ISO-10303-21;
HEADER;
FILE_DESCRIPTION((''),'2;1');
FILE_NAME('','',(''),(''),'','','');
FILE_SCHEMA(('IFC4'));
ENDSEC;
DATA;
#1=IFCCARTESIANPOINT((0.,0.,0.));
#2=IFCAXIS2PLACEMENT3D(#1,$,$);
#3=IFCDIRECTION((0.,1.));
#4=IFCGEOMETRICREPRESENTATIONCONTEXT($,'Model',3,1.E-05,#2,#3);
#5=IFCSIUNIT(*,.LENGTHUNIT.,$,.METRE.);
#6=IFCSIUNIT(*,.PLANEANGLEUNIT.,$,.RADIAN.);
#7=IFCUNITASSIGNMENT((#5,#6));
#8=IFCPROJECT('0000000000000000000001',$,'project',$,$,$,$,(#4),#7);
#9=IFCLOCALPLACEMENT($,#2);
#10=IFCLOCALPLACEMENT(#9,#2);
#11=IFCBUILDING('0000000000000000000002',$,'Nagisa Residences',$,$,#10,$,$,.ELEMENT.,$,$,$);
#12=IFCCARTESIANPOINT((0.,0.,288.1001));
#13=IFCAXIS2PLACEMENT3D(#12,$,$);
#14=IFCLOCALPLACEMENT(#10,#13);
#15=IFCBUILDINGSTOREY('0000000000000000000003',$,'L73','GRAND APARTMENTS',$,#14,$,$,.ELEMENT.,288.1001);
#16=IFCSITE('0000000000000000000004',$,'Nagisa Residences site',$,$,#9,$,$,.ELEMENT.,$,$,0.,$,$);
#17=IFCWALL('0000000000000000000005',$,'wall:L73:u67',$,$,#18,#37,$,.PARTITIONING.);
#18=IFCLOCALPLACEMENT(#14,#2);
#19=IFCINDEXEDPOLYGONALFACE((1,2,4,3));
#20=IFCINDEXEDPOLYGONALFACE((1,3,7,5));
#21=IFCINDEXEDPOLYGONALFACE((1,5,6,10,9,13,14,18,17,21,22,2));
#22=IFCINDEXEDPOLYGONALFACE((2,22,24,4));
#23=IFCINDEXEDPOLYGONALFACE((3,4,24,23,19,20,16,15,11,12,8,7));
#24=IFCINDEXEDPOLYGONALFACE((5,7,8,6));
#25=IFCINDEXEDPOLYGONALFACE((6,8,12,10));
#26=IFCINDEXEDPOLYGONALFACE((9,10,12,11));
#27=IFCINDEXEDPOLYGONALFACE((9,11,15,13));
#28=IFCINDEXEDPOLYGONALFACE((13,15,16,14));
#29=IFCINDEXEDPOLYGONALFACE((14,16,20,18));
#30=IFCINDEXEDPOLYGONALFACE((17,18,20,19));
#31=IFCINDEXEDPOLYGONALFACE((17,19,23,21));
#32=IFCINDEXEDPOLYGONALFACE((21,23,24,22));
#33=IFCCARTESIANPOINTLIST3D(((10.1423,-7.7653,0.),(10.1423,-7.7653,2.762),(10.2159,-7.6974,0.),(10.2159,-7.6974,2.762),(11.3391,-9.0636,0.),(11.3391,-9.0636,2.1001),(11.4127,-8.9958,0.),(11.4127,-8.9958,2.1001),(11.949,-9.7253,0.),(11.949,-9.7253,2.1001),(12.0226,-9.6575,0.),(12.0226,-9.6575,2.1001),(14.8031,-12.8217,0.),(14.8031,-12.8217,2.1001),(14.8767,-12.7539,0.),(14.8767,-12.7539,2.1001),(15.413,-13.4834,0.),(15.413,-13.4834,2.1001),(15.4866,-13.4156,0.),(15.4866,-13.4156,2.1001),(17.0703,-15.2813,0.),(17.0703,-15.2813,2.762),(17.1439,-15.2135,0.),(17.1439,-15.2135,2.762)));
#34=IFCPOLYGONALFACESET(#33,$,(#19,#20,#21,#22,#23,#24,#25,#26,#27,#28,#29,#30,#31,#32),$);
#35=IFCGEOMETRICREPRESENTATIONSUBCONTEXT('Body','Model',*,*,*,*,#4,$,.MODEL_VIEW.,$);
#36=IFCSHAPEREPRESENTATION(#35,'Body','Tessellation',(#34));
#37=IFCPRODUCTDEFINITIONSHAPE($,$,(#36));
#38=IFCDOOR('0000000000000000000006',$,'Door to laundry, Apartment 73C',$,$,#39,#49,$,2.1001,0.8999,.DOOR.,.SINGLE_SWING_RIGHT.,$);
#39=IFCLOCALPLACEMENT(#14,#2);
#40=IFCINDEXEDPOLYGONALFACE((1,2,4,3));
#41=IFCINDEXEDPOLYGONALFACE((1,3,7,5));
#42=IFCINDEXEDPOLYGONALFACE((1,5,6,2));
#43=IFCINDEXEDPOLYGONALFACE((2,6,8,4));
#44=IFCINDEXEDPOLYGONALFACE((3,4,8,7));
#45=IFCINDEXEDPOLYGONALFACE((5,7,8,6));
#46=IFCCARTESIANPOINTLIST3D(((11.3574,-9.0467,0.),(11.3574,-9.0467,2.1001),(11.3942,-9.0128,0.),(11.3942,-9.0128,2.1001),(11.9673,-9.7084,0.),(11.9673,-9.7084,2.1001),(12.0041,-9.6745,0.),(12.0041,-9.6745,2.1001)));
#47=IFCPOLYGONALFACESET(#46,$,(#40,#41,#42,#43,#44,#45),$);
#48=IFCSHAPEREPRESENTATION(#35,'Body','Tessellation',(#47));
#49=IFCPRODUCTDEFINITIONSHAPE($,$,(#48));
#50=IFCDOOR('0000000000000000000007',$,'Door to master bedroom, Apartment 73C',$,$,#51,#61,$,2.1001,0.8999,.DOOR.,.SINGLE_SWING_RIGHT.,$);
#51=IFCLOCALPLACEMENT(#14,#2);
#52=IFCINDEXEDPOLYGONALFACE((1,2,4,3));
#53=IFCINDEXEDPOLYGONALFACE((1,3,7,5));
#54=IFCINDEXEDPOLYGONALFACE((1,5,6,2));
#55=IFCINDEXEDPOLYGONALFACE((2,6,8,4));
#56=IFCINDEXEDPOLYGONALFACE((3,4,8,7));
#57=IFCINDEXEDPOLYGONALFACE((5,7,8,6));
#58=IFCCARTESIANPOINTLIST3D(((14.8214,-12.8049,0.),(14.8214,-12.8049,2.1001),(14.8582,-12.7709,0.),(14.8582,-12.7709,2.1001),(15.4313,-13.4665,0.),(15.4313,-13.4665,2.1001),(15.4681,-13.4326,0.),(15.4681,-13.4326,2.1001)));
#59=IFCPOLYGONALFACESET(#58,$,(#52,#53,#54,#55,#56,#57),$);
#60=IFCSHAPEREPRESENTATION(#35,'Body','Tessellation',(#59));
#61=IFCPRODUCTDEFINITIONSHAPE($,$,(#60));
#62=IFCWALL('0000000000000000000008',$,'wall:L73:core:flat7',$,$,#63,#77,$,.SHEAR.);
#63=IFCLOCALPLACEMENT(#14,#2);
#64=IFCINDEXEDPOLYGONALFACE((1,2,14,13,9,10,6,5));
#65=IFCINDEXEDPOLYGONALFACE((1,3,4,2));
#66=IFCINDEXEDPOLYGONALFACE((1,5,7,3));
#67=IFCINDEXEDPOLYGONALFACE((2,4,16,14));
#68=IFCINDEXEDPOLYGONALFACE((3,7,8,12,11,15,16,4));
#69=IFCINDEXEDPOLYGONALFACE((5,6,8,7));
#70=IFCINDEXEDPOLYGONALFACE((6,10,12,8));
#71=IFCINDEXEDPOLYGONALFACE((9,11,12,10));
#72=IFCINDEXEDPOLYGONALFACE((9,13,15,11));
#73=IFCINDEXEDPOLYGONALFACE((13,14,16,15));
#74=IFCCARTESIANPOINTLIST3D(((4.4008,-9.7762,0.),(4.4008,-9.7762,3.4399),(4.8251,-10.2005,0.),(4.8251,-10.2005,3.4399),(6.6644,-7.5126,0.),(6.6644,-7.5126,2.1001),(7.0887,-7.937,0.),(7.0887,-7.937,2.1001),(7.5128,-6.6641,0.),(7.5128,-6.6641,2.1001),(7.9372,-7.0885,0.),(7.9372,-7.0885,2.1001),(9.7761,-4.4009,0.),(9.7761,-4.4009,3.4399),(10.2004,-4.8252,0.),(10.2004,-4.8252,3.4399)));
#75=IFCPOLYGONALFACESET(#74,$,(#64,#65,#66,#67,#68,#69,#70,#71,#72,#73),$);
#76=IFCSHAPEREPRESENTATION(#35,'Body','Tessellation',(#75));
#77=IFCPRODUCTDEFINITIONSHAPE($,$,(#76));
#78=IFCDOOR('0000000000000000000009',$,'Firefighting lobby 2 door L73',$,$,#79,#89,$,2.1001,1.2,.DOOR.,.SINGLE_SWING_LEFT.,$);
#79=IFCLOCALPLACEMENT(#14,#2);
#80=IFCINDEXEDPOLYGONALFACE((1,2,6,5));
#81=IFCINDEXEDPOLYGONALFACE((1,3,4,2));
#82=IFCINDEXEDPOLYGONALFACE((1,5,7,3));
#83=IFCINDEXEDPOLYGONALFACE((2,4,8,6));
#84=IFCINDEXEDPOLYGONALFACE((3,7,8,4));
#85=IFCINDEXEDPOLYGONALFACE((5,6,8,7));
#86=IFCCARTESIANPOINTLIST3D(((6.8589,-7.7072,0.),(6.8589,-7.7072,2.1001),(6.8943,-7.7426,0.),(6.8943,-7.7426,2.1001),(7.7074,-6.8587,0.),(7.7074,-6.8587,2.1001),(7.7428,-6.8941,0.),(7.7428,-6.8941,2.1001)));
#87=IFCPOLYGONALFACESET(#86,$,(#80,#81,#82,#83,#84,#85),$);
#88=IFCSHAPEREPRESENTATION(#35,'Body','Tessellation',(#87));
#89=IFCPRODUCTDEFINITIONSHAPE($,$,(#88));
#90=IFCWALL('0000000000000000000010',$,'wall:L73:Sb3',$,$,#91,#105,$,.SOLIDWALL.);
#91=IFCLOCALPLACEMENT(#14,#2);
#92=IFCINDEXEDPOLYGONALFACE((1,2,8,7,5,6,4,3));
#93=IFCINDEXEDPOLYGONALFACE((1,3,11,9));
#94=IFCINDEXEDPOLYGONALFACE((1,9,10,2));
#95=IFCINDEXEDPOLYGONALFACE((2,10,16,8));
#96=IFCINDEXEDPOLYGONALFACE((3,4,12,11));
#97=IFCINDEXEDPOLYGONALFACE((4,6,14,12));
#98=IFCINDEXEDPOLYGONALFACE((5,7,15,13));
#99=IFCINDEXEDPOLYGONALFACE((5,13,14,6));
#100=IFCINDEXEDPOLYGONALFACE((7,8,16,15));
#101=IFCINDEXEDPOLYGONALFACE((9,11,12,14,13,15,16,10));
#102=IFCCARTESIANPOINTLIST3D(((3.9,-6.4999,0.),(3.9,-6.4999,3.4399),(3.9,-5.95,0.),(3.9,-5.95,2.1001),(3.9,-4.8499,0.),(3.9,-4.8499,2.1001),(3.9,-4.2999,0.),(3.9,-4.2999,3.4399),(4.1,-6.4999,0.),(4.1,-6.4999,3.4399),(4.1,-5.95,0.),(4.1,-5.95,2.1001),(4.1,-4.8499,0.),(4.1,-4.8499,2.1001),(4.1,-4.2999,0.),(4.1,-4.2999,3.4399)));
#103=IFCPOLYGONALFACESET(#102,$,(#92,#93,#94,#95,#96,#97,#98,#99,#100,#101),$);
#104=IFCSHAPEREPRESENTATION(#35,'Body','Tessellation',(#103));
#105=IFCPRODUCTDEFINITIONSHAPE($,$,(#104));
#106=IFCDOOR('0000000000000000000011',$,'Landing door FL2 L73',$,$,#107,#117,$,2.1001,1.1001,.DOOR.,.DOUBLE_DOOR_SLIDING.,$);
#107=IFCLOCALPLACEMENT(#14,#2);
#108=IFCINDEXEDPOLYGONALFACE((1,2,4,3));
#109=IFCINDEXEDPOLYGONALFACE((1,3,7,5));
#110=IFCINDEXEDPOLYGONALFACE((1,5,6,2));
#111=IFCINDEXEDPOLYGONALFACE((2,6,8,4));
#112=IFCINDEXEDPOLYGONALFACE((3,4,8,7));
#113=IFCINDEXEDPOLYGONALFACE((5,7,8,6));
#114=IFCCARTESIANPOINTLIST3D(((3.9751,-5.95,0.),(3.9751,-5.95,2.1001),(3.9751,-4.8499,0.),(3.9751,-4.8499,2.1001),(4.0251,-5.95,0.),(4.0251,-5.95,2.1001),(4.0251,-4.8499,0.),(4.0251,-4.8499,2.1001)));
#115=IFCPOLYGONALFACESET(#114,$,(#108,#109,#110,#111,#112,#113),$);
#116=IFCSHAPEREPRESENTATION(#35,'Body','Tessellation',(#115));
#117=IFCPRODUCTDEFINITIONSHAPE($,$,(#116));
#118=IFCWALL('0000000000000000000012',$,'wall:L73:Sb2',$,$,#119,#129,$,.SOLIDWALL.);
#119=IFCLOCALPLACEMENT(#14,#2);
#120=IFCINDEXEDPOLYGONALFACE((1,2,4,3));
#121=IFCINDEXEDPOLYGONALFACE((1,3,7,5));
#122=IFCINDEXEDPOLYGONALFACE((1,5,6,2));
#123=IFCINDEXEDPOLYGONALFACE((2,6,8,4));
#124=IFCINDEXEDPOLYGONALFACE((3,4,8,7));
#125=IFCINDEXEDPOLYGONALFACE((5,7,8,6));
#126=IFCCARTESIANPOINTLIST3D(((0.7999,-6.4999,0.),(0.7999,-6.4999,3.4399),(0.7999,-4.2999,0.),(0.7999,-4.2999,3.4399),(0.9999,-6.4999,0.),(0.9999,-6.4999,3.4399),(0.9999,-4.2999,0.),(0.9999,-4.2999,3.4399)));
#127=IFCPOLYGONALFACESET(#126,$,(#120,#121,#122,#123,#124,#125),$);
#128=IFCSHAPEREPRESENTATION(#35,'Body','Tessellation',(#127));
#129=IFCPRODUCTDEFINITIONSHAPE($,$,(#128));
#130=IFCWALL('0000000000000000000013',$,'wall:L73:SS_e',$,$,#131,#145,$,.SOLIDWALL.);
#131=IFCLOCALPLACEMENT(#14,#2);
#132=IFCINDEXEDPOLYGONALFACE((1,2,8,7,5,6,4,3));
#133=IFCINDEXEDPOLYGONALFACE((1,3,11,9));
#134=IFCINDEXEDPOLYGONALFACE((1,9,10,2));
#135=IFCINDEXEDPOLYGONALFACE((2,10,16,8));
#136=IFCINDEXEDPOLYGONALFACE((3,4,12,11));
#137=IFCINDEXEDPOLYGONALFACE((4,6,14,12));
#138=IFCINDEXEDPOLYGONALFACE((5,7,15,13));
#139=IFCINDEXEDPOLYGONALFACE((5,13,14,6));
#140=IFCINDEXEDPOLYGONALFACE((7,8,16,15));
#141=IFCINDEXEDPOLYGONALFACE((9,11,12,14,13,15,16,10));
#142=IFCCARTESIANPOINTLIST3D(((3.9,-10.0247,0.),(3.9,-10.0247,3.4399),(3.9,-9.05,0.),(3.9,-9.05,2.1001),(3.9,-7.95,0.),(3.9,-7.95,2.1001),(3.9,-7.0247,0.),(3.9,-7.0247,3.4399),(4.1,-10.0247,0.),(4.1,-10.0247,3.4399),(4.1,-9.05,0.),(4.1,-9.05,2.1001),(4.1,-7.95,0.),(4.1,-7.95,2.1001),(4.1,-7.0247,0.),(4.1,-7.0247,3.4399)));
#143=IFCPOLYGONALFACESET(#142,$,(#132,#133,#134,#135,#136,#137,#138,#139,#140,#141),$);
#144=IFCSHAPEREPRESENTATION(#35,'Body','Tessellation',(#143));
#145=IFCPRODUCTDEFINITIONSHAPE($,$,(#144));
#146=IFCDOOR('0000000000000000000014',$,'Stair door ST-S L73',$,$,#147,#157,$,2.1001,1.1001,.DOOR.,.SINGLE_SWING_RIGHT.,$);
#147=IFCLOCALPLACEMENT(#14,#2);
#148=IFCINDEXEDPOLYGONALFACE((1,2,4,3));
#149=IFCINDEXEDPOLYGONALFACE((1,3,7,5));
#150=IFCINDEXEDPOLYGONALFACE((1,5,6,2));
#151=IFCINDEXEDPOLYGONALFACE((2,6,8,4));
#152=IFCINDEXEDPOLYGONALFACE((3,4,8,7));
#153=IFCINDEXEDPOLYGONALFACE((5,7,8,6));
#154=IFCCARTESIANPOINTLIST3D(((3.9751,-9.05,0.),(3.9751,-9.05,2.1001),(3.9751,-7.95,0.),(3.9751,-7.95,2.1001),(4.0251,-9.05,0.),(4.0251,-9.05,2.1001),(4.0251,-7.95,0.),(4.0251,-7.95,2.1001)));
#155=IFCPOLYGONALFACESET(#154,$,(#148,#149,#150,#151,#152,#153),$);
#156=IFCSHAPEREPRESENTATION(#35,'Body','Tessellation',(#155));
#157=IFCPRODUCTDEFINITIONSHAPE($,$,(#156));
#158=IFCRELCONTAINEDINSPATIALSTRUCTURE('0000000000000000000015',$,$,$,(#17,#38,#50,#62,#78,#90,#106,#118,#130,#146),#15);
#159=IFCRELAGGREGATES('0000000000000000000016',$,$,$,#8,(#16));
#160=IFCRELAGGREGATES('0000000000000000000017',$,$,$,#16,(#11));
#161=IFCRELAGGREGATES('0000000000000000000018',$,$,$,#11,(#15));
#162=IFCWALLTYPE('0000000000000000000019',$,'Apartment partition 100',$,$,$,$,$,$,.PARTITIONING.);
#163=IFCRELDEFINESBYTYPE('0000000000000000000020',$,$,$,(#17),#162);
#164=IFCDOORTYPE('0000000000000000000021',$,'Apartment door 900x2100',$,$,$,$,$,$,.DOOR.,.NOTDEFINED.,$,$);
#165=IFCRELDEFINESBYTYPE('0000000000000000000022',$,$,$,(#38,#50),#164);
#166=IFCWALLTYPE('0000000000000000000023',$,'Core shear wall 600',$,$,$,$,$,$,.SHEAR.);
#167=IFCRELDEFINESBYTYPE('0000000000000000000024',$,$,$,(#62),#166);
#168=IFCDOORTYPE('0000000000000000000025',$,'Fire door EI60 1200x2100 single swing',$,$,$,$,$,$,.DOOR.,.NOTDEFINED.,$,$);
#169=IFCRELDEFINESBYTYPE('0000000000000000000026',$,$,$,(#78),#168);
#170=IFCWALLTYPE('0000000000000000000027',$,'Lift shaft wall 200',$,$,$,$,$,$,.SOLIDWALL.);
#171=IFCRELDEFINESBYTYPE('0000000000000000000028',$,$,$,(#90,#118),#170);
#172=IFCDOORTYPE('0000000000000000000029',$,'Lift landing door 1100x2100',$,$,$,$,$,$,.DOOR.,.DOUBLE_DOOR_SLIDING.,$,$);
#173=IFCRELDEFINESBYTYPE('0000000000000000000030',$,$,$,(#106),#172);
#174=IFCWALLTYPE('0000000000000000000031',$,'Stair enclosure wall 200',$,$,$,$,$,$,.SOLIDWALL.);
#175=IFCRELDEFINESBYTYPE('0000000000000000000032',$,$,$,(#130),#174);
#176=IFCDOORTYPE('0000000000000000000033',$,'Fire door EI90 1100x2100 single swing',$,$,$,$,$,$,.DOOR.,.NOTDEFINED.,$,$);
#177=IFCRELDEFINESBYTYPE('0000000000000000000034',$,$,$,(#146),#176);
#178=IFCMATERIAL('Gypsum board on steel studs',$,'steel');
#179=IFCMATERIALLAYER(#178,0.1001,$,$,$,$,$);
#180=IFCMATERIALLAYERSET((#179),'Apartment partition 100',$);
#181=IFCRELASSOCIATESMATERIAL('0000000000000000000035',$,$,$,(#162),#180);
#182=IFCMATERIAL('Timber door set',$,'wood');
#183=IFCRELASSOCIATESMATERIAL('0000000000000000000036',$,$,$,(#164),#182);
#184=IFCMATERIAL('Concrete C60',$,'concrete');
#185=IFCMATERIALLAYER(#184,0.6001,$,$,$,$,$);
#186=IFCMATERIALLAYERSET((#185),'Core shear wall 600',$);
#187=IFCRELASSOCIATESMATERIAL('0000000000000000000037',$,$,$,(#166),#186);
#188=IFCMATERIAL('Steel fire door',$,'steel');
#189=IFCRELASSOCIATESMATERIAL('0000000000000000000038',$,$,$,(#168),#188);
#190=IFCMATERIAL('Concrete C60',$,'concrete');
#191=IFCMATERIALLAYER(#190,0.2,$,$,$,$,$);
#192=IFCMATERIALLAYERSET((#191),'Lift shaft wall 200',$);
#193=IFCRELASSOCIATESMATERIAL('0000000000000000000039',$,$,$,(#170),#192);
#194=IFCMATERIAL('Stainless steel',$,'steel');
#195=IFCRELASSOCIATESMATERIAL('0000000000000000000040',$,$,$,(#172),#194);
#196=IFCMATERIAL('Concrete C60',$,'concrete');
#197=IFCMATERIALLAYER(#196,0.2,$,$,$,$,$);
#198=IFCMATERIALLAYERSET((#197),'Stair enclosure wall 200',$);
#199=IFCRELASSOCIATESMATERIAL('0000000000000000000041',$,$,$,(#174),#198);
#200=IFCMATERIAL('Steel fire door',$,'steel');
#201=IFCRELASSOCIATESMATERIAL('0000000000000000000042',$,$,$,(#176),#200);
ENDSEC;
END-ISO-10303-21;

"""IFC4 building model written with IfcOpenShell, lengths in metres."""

from ifc_helpers import new_model, si_unit, direction, frame, frame_2d, origin, place, context, subcontext, project, spatial, rectangle, extrude, material, layer, layer_set, type_object, element, fill, save


model = new_model("IFC4")

# Units and contexts
model_context = context("Model", 3, precision=1e-05, world=origin(), true_north=direction((0.0, 1.0)))
body_context = subcontext(model_context, "Body", "Model", "MODEL_VIEW")
ifc_project = project(units=[si_unit("LENGTHUNIT", "METRE"), si_unit("PLANEANGLEUNIT", "RADIAN")], contexts=[model_context])

# Site, building, storey
site_placement = place(None, origin())
site = spatial("IfcSite", under=ifc_project, at=site_placement, Name="Nagisa Residences site", CompositionType="ELEMENT", RefElevation=0.0)
building_placement = place(site_placement, origin())
building = spatial("IfcBuilding", under=site, at=building_placement, Name="Nagisa Residences", CompositionType="ELEMENT")
storey_placement = place(building_placement, frame((0.0, 0.0, 288.1001)))
storey = spatial("IfcBuildingStorey", under=building, at=storey_placement, Name="L73", Description="GRAND APARTMENTS", CompositionType="ELEMENT", Elevation=288.1001)

# Shared definitions
ifc_material_1 = material(Name="Gypsum board on steel studs", Category="steel")
ifc_layer_1 = layer(ifc_material_1, 0.1001)
ifc_layer_set_1 = layer_set([ifc_layer_1], Name="Apartment partition 100")
wall_type_1 = type_object("IfcWallType", Name="Apartment partition 100", PredefinedType="PARTITIONING", material=ifc_layer_set_1)
ifc_material_2 = material(Name="Timber door set", Category="wood")
door_type_1 = type_object("IfcDoorType", Name="Apartment door 900x2100", OperationType="NOTDEFINED", PredefinedType="DOOR", material=ifc_material_2)

# Wall, openings, doors
wall_1_placement = place(storey_placement, frame((10.1792, -7.7314, 0.0), z_axis=(0.0, 0.0, 1.0), x_axis=(0.677753, -0.735289, 0.0)))
wall_1 = element("IfcWall", 1, at=wall_1_placement, inside=storey, type_object=wall_type_1, Name="wall:L73:u67", PredefinedType="PARTITIONING", context=body_context, shape_type="SweptSolid", body=[
    extrude(rectangle(XDim=10.2219, YDim=0.1001, at=frame_2d((5.1108, 0.0))), origin(), (0.0, 0.0, 1.0), 2.762),
])
opening_1_placement = place(wall_1_placement, frame((1.7656, 0.0, 0.0)))
opening_1 = element("IfcOpeningElement", 2, at=opening_1_placement, cuts=wall_1, PredefinedType="OPENING", context=body_context, shape_type="SweptSolid", body=[
    extrude(rectangle(XDim=0.8999, YDim=2.1001, at=frame_2d((0.45, 1.05))), frame((0.0, 0.0601, 0.0), z_axis=(0.0, -1.0, 0.0), x_axis=(1.0, 0.0, 0.0)), (0.0, 0.0, 1.0), 0.1201),
])
opening_2_placement = place(wall_1_placement, frame((6.8767, 0.0, 0.0)))
opening_2 = element("IfcOpeningElement", 3, at=opening_2_placement, cuts=wall_1, PredefinedType="OPENING", context=body_context, shape_type="SweptSolid", body=[
    extrude(rectangle(XDim=0.8999, YDim=2.1001, at=frame_2d((0.45, 1.05))), frame((0.0, 0.0601, 0.0), z_axis=(0.0, -1.0, 0.0), x_axis=(1.0, 0.0, 0.0)), (0.0, 0.0, 1.0), 0.1201),
])
door_1_placement = place(opening_1_placement, origin())
door_1 = element("IfcDoor", 4, at=door_1_placement, inside=storey, type_object=door_type_1, Name="Door to laundry, Apartment 73C", OperationType="SINGLE_SWING_RIGHT", OverallHeight=2.1001, OverallWidth=0.8999, PredefinedType="DOOR", context=body_context, shape_type="SweptSolid", body=[
    extrude(rectangle(XDim=0.8999, YDim=2.1001, at=frame_2d((0.45, 1.05))), frame((0.0, 0.0249, 0.0), z_axis=(0.0, -1.0, 0.0), x_axis=(1.0, 0.0, 0.0)), (0.0, 0.0, 1.0), 0.05),
])
fill(opening_1, door_1)
door_2_placement = place(opening_2_placement, origin())
door_2 = element("IfcDoor", 5, at=door_2_placement, inside=storey, type_object=door_type_1, Name="Door to master bedroom, Apartment 73C", OperationType="SINGLE_SWING_RIGHT", OverallHeight=2.1001, OverallWidth=0.8999, PredefinedType="DOOR", context=body_context, shape_type="SweptSolid", body=[
    extrude(rectangle(XDim=0.8999, YDim=2.1001, at=frame_2d((0.45, 1.05))), frame((0.0, 0.0249, 0.0), z_axis=(0.0, -1.0, 0.0), x_axis=(1.0, 0.0, 0.0)), (0.0, 0.0, 1.0), 0.05),
])
fill(opening_2, door_2)

# Walls, openings, doors
ifc_material_3 = material(Name="Concrete C60", Category="concrete")
ifc_layer_2 = layer(ifc_material_3, 0.6001)
ifc_layer_set_2 = layer_set([ifc_layer_2], Name="Core shear wall 600")
wall_type_2 = type_object("IfcWallType", Name="Core shear wall 600", PredefinedType="SHEAR", material=ifc_layer_set_2)
wall_2_placement = place(storey_placement, frame((4.613, -9.9883, 0.0), z_axis=(0.0, 0.0, 1.0), x_axis=(0.707107, 0.707107, 0.0)))
wall_2 = element("IfcWall", 6, at=wall_2_placement, inside=storey, type_object=wall_type_2, Name="wall:L73:core:flat7", PredefinedType="SHEAR", context=body_context, shape_type="SweptSolid", body=[
    extrude(rectangle(XDim=7.6018, YDim=0.6001, at=frame_2d((3.8008, 0.0))), origin(), (0.0, 0.0, 1.0), 3.4399),
])
opening_3_placement = place(wall_2_placement, frame((3.2009, 0.0, 0.0)))
opening_3 = element("IfcOpeningElement", 7, at=opening_3_placement, cuts=wall_2, PredefinedType="OPENING", context=body_context, shape_type="SweptSolid", body=[
    extrude(rectangle(XDim=1.2, YDim=2.1001, at=frame_2d((0.6001, 1.05))), frame((0.0, 0.3101, 0.0), z_axis=(0.0, -1.0, 0.0), x_axis=(1.0, 0.0, 0.0)), (0.0, 0.0, 1.0), 0.6201),
])
ifc_material_4 = material(Name="Steel fire door", Category="steel")
door_type_2 = type_object("IfcDoorType", Name="Fire door EI60 1200x2100 single swing", OperationType="NOTDEFINED", PredefinedType="DOOR", material=ifc_material_4)
door_3_placement = place(opening_3_placement, origin())
door_3 = element("IfcDoor", 8, at=door_3_placement, inside=storey, type_object=door_type_2, Name="Firefighting lobby 2 door L73", OperationType="SINGLE_SWING_LEFT", OverallHeight=2.1001, OverallWidth=1.2, PredefinedType="DOOR", context=body_context, shape_type="SweptSolid", body=[
    extrude(rectangle(XDim=1.2, YDim=2.1001, at=frame_2d((0.6001, 1.05))), frame((0.0, 0.0249, 0.0), z_axis=(0.0, -1.0, 0.0), x_axis=(1.0, 0.0, 0.0)), (0.0, 0.0, 1.0), 0.05),
])
fill(opening_3, door_3)
ifc_material_5 = material(Name="Concrete C60", Category="concrete")
ifc_layer_3 = layer(ifc_material_5, 0.2)
ifc_layer_set_3 = layer_set([ifc_layer_3], Name="Lift shaft wall 200")
wall_type_3 = type_object("IfcWallType", Name="Lift shaft wall 200", PredefinedType="SOLIDWALL", material=ifc_layer_set_3)
wall_3_placement = place(storey_placement, frame((4.0, -6.5, 0.0), z_axis=(0.0, 0.0, 1.0), x_axis=(0.0, 1.0, 0.0)))
wall_3 = element("IfcWall", 9, at=wall_3_placement, inside=storey, type_object=wall_type_3, Name="wall:L73:Sb3", PredefinedType="SOLIDWALL", context=body_context, shape_type="SweptSolid", body=[
    extrude(rectangle(XDim=2.2, YDim=0.2, at=frame_2d((1.1001, 0.0))), origin(), (0.0, 0.0, 1.0), 3.4399),
])
opening_4_placement = place(wall_3_placement, frame((0.55, 0.0, 0.0)))
opening_4 = element("IfcOpeningElement", 10, at=opening_4_placement, cuts=wall_3, PredefinedType="OPENING", context=body_context, shape_type="SweptSolid", body=[
    extrude(rectangle(XDim=1.1001, YDim=2.1001, at=frame_2d((0.55, 1.05))), frame((0.0, 0.1099, 0.0), z_axis=(0.0, -1.0, 0.0), x_axis=(1.0, 0.0, 0.0)), (0.0, 0.0, 1.0), 0.22),
])
ifc_material_6 = material(Name="Stainless steel", Category="steel")
door_type_3 = type_object("IfcDoorType", Name="Lift landing door 1100x2100", OperationType="DOUBLE_DOOR_SLIDING", PredefinedType="DOOR", material=ifc_material_6)
door_4_placement = place(opening_4_placement, origin())
door_4 = element("IfcDoor", 11, at=door_4_placement, inside=storey, type_object=door_type_3, Name="Landing door FL2 L73", OperationType="DOUBLE_DOOR_SLIDING", OverallHeight=2.1001, OverallWidth=1.1001, PredefinedType="DOOR", context=body_context, shape_type="SweptSolid", body=[
    extrude(rectangle(XDim=1.1001, YDim=2.1001, at=frame_2d((0.55, 1.05))), frame((0.0, 0.0249, 0.0), z_axis=(0.0, -1.0, 0.0), x_axis=(1.0, 0.0, 0.0)), (0.0, 0.0, 1.0), 0.05),
])
fill(opening_4, door_4)

# Wall
wall_4_placement = place(storey_placement, frame((0.8999, -6.5, 0.0), z_axis=(0.0, 0.0, 1.0), x_axis=(0.0, 1.0, 0.0)))
element("IfcWall", 12, at=wall_4_placement, inside=storey, type_object=wall_type_3, Name="wall:L73:Sb2", PredefinedType="SOLIDWALL", context=body_context, shape_type="SweptSolid", body=[
    extrude(rectangle(XDim=2.2, YDim=0.2, at=frame_2d((1.1001, 0.0))), origin(), (0.0, 0.0, 1.0), 3.4399),
])

# Wall, opening, door
ifc_material_7 = material(Name="Concrete C60", Category="concrete")
ifc_layer_4 = layer(ifc_material_7, 0.2)
ifc_layer_set_4 = layer_set([ifc_layer_4], Name="Stair enclosure wall 200")
wall_type_4 = type_object("IfcWallType", Name="Stair enclosure wall 200", PredefinedType="SOLIDWALL", material=ifc_layer_set_4)
wall_5_placement = place(storey_placement, frame((4.0, -10.0247, 0.0), z_axis=(0.0, 0.0, 1.0), x_axis=(0.0, 1.0, 0.0)))
wall_5 = element("IfcWall", 13, at=wall_5_placement, inside=storey, type_object=wall_type_4, Name="wall:L73:SS_e", PredefinedType="SOLIDWALL", context=body_context, shape_type="SweptSolid", body=[
    extrude(rectangle(XDim=3.0, YDim=0.2, at=frame_2d((1.5, 0.0))), origin(), (0.0, 0.0, 1.0), 3.4399),
])
opening_5_placement = place(wall_5_placement, frame((0.9746, 0.0, 0.0)))
opening_5 = element("IfcOpeningElement", 14, at=opening_5_placement, cuts=wall_5, PredefinedType="OPENING", context=body_context, shape_type="SweptSolid", body=[
    extrude(rectangle(XDim=1.1001, YDim=2.1001, at=frame_2d((0.55, 1.05))), frame((0.0, 0.1099, 0.0), z_axis=(0.0, -1.0, 0.0), x_axis=(1.0, 0.0, 0.0)), (0.0, 0.0, 1.0), 0.22),
])
ifc_material_8 = material(Name="Steel fire door", Category="steel")
door_type_4 = type_object("IfcDoorType", Name="Fire door EI90 1100x2100 single swing", OperationType="NOTDEFINED", PredefinedType="DOOR", material=ifc_material_8)
door_5_placement = place(opening_5_placement, origin())
door_5 = element("IfcDoor", 15, at=door_5_placement, inside=storey, type_object=door_type_4, Name="Stair door ST-S L73", OperationType="SINGLE_SWING_RIGHT", OverallHeight=2.1001, OverallWidth=1.1001, PredefinedType="DOOR", context=body_context, shape_type="SweptSolid", body=[
    extrude(rectangle(XDim=1.1001, YDim=2.1001, at=frame_2d((0.55, 1.05))), frame((0.0, 0.0249, 0.0), z_axis=(0.0, -1.0, 0.0), x_axis=(1.0, 0.0, 0.0)), (0.0, 0.0, 1.0), 0.05),
])
fill(opening_5, door_5)

save(model, "model.ifc")
